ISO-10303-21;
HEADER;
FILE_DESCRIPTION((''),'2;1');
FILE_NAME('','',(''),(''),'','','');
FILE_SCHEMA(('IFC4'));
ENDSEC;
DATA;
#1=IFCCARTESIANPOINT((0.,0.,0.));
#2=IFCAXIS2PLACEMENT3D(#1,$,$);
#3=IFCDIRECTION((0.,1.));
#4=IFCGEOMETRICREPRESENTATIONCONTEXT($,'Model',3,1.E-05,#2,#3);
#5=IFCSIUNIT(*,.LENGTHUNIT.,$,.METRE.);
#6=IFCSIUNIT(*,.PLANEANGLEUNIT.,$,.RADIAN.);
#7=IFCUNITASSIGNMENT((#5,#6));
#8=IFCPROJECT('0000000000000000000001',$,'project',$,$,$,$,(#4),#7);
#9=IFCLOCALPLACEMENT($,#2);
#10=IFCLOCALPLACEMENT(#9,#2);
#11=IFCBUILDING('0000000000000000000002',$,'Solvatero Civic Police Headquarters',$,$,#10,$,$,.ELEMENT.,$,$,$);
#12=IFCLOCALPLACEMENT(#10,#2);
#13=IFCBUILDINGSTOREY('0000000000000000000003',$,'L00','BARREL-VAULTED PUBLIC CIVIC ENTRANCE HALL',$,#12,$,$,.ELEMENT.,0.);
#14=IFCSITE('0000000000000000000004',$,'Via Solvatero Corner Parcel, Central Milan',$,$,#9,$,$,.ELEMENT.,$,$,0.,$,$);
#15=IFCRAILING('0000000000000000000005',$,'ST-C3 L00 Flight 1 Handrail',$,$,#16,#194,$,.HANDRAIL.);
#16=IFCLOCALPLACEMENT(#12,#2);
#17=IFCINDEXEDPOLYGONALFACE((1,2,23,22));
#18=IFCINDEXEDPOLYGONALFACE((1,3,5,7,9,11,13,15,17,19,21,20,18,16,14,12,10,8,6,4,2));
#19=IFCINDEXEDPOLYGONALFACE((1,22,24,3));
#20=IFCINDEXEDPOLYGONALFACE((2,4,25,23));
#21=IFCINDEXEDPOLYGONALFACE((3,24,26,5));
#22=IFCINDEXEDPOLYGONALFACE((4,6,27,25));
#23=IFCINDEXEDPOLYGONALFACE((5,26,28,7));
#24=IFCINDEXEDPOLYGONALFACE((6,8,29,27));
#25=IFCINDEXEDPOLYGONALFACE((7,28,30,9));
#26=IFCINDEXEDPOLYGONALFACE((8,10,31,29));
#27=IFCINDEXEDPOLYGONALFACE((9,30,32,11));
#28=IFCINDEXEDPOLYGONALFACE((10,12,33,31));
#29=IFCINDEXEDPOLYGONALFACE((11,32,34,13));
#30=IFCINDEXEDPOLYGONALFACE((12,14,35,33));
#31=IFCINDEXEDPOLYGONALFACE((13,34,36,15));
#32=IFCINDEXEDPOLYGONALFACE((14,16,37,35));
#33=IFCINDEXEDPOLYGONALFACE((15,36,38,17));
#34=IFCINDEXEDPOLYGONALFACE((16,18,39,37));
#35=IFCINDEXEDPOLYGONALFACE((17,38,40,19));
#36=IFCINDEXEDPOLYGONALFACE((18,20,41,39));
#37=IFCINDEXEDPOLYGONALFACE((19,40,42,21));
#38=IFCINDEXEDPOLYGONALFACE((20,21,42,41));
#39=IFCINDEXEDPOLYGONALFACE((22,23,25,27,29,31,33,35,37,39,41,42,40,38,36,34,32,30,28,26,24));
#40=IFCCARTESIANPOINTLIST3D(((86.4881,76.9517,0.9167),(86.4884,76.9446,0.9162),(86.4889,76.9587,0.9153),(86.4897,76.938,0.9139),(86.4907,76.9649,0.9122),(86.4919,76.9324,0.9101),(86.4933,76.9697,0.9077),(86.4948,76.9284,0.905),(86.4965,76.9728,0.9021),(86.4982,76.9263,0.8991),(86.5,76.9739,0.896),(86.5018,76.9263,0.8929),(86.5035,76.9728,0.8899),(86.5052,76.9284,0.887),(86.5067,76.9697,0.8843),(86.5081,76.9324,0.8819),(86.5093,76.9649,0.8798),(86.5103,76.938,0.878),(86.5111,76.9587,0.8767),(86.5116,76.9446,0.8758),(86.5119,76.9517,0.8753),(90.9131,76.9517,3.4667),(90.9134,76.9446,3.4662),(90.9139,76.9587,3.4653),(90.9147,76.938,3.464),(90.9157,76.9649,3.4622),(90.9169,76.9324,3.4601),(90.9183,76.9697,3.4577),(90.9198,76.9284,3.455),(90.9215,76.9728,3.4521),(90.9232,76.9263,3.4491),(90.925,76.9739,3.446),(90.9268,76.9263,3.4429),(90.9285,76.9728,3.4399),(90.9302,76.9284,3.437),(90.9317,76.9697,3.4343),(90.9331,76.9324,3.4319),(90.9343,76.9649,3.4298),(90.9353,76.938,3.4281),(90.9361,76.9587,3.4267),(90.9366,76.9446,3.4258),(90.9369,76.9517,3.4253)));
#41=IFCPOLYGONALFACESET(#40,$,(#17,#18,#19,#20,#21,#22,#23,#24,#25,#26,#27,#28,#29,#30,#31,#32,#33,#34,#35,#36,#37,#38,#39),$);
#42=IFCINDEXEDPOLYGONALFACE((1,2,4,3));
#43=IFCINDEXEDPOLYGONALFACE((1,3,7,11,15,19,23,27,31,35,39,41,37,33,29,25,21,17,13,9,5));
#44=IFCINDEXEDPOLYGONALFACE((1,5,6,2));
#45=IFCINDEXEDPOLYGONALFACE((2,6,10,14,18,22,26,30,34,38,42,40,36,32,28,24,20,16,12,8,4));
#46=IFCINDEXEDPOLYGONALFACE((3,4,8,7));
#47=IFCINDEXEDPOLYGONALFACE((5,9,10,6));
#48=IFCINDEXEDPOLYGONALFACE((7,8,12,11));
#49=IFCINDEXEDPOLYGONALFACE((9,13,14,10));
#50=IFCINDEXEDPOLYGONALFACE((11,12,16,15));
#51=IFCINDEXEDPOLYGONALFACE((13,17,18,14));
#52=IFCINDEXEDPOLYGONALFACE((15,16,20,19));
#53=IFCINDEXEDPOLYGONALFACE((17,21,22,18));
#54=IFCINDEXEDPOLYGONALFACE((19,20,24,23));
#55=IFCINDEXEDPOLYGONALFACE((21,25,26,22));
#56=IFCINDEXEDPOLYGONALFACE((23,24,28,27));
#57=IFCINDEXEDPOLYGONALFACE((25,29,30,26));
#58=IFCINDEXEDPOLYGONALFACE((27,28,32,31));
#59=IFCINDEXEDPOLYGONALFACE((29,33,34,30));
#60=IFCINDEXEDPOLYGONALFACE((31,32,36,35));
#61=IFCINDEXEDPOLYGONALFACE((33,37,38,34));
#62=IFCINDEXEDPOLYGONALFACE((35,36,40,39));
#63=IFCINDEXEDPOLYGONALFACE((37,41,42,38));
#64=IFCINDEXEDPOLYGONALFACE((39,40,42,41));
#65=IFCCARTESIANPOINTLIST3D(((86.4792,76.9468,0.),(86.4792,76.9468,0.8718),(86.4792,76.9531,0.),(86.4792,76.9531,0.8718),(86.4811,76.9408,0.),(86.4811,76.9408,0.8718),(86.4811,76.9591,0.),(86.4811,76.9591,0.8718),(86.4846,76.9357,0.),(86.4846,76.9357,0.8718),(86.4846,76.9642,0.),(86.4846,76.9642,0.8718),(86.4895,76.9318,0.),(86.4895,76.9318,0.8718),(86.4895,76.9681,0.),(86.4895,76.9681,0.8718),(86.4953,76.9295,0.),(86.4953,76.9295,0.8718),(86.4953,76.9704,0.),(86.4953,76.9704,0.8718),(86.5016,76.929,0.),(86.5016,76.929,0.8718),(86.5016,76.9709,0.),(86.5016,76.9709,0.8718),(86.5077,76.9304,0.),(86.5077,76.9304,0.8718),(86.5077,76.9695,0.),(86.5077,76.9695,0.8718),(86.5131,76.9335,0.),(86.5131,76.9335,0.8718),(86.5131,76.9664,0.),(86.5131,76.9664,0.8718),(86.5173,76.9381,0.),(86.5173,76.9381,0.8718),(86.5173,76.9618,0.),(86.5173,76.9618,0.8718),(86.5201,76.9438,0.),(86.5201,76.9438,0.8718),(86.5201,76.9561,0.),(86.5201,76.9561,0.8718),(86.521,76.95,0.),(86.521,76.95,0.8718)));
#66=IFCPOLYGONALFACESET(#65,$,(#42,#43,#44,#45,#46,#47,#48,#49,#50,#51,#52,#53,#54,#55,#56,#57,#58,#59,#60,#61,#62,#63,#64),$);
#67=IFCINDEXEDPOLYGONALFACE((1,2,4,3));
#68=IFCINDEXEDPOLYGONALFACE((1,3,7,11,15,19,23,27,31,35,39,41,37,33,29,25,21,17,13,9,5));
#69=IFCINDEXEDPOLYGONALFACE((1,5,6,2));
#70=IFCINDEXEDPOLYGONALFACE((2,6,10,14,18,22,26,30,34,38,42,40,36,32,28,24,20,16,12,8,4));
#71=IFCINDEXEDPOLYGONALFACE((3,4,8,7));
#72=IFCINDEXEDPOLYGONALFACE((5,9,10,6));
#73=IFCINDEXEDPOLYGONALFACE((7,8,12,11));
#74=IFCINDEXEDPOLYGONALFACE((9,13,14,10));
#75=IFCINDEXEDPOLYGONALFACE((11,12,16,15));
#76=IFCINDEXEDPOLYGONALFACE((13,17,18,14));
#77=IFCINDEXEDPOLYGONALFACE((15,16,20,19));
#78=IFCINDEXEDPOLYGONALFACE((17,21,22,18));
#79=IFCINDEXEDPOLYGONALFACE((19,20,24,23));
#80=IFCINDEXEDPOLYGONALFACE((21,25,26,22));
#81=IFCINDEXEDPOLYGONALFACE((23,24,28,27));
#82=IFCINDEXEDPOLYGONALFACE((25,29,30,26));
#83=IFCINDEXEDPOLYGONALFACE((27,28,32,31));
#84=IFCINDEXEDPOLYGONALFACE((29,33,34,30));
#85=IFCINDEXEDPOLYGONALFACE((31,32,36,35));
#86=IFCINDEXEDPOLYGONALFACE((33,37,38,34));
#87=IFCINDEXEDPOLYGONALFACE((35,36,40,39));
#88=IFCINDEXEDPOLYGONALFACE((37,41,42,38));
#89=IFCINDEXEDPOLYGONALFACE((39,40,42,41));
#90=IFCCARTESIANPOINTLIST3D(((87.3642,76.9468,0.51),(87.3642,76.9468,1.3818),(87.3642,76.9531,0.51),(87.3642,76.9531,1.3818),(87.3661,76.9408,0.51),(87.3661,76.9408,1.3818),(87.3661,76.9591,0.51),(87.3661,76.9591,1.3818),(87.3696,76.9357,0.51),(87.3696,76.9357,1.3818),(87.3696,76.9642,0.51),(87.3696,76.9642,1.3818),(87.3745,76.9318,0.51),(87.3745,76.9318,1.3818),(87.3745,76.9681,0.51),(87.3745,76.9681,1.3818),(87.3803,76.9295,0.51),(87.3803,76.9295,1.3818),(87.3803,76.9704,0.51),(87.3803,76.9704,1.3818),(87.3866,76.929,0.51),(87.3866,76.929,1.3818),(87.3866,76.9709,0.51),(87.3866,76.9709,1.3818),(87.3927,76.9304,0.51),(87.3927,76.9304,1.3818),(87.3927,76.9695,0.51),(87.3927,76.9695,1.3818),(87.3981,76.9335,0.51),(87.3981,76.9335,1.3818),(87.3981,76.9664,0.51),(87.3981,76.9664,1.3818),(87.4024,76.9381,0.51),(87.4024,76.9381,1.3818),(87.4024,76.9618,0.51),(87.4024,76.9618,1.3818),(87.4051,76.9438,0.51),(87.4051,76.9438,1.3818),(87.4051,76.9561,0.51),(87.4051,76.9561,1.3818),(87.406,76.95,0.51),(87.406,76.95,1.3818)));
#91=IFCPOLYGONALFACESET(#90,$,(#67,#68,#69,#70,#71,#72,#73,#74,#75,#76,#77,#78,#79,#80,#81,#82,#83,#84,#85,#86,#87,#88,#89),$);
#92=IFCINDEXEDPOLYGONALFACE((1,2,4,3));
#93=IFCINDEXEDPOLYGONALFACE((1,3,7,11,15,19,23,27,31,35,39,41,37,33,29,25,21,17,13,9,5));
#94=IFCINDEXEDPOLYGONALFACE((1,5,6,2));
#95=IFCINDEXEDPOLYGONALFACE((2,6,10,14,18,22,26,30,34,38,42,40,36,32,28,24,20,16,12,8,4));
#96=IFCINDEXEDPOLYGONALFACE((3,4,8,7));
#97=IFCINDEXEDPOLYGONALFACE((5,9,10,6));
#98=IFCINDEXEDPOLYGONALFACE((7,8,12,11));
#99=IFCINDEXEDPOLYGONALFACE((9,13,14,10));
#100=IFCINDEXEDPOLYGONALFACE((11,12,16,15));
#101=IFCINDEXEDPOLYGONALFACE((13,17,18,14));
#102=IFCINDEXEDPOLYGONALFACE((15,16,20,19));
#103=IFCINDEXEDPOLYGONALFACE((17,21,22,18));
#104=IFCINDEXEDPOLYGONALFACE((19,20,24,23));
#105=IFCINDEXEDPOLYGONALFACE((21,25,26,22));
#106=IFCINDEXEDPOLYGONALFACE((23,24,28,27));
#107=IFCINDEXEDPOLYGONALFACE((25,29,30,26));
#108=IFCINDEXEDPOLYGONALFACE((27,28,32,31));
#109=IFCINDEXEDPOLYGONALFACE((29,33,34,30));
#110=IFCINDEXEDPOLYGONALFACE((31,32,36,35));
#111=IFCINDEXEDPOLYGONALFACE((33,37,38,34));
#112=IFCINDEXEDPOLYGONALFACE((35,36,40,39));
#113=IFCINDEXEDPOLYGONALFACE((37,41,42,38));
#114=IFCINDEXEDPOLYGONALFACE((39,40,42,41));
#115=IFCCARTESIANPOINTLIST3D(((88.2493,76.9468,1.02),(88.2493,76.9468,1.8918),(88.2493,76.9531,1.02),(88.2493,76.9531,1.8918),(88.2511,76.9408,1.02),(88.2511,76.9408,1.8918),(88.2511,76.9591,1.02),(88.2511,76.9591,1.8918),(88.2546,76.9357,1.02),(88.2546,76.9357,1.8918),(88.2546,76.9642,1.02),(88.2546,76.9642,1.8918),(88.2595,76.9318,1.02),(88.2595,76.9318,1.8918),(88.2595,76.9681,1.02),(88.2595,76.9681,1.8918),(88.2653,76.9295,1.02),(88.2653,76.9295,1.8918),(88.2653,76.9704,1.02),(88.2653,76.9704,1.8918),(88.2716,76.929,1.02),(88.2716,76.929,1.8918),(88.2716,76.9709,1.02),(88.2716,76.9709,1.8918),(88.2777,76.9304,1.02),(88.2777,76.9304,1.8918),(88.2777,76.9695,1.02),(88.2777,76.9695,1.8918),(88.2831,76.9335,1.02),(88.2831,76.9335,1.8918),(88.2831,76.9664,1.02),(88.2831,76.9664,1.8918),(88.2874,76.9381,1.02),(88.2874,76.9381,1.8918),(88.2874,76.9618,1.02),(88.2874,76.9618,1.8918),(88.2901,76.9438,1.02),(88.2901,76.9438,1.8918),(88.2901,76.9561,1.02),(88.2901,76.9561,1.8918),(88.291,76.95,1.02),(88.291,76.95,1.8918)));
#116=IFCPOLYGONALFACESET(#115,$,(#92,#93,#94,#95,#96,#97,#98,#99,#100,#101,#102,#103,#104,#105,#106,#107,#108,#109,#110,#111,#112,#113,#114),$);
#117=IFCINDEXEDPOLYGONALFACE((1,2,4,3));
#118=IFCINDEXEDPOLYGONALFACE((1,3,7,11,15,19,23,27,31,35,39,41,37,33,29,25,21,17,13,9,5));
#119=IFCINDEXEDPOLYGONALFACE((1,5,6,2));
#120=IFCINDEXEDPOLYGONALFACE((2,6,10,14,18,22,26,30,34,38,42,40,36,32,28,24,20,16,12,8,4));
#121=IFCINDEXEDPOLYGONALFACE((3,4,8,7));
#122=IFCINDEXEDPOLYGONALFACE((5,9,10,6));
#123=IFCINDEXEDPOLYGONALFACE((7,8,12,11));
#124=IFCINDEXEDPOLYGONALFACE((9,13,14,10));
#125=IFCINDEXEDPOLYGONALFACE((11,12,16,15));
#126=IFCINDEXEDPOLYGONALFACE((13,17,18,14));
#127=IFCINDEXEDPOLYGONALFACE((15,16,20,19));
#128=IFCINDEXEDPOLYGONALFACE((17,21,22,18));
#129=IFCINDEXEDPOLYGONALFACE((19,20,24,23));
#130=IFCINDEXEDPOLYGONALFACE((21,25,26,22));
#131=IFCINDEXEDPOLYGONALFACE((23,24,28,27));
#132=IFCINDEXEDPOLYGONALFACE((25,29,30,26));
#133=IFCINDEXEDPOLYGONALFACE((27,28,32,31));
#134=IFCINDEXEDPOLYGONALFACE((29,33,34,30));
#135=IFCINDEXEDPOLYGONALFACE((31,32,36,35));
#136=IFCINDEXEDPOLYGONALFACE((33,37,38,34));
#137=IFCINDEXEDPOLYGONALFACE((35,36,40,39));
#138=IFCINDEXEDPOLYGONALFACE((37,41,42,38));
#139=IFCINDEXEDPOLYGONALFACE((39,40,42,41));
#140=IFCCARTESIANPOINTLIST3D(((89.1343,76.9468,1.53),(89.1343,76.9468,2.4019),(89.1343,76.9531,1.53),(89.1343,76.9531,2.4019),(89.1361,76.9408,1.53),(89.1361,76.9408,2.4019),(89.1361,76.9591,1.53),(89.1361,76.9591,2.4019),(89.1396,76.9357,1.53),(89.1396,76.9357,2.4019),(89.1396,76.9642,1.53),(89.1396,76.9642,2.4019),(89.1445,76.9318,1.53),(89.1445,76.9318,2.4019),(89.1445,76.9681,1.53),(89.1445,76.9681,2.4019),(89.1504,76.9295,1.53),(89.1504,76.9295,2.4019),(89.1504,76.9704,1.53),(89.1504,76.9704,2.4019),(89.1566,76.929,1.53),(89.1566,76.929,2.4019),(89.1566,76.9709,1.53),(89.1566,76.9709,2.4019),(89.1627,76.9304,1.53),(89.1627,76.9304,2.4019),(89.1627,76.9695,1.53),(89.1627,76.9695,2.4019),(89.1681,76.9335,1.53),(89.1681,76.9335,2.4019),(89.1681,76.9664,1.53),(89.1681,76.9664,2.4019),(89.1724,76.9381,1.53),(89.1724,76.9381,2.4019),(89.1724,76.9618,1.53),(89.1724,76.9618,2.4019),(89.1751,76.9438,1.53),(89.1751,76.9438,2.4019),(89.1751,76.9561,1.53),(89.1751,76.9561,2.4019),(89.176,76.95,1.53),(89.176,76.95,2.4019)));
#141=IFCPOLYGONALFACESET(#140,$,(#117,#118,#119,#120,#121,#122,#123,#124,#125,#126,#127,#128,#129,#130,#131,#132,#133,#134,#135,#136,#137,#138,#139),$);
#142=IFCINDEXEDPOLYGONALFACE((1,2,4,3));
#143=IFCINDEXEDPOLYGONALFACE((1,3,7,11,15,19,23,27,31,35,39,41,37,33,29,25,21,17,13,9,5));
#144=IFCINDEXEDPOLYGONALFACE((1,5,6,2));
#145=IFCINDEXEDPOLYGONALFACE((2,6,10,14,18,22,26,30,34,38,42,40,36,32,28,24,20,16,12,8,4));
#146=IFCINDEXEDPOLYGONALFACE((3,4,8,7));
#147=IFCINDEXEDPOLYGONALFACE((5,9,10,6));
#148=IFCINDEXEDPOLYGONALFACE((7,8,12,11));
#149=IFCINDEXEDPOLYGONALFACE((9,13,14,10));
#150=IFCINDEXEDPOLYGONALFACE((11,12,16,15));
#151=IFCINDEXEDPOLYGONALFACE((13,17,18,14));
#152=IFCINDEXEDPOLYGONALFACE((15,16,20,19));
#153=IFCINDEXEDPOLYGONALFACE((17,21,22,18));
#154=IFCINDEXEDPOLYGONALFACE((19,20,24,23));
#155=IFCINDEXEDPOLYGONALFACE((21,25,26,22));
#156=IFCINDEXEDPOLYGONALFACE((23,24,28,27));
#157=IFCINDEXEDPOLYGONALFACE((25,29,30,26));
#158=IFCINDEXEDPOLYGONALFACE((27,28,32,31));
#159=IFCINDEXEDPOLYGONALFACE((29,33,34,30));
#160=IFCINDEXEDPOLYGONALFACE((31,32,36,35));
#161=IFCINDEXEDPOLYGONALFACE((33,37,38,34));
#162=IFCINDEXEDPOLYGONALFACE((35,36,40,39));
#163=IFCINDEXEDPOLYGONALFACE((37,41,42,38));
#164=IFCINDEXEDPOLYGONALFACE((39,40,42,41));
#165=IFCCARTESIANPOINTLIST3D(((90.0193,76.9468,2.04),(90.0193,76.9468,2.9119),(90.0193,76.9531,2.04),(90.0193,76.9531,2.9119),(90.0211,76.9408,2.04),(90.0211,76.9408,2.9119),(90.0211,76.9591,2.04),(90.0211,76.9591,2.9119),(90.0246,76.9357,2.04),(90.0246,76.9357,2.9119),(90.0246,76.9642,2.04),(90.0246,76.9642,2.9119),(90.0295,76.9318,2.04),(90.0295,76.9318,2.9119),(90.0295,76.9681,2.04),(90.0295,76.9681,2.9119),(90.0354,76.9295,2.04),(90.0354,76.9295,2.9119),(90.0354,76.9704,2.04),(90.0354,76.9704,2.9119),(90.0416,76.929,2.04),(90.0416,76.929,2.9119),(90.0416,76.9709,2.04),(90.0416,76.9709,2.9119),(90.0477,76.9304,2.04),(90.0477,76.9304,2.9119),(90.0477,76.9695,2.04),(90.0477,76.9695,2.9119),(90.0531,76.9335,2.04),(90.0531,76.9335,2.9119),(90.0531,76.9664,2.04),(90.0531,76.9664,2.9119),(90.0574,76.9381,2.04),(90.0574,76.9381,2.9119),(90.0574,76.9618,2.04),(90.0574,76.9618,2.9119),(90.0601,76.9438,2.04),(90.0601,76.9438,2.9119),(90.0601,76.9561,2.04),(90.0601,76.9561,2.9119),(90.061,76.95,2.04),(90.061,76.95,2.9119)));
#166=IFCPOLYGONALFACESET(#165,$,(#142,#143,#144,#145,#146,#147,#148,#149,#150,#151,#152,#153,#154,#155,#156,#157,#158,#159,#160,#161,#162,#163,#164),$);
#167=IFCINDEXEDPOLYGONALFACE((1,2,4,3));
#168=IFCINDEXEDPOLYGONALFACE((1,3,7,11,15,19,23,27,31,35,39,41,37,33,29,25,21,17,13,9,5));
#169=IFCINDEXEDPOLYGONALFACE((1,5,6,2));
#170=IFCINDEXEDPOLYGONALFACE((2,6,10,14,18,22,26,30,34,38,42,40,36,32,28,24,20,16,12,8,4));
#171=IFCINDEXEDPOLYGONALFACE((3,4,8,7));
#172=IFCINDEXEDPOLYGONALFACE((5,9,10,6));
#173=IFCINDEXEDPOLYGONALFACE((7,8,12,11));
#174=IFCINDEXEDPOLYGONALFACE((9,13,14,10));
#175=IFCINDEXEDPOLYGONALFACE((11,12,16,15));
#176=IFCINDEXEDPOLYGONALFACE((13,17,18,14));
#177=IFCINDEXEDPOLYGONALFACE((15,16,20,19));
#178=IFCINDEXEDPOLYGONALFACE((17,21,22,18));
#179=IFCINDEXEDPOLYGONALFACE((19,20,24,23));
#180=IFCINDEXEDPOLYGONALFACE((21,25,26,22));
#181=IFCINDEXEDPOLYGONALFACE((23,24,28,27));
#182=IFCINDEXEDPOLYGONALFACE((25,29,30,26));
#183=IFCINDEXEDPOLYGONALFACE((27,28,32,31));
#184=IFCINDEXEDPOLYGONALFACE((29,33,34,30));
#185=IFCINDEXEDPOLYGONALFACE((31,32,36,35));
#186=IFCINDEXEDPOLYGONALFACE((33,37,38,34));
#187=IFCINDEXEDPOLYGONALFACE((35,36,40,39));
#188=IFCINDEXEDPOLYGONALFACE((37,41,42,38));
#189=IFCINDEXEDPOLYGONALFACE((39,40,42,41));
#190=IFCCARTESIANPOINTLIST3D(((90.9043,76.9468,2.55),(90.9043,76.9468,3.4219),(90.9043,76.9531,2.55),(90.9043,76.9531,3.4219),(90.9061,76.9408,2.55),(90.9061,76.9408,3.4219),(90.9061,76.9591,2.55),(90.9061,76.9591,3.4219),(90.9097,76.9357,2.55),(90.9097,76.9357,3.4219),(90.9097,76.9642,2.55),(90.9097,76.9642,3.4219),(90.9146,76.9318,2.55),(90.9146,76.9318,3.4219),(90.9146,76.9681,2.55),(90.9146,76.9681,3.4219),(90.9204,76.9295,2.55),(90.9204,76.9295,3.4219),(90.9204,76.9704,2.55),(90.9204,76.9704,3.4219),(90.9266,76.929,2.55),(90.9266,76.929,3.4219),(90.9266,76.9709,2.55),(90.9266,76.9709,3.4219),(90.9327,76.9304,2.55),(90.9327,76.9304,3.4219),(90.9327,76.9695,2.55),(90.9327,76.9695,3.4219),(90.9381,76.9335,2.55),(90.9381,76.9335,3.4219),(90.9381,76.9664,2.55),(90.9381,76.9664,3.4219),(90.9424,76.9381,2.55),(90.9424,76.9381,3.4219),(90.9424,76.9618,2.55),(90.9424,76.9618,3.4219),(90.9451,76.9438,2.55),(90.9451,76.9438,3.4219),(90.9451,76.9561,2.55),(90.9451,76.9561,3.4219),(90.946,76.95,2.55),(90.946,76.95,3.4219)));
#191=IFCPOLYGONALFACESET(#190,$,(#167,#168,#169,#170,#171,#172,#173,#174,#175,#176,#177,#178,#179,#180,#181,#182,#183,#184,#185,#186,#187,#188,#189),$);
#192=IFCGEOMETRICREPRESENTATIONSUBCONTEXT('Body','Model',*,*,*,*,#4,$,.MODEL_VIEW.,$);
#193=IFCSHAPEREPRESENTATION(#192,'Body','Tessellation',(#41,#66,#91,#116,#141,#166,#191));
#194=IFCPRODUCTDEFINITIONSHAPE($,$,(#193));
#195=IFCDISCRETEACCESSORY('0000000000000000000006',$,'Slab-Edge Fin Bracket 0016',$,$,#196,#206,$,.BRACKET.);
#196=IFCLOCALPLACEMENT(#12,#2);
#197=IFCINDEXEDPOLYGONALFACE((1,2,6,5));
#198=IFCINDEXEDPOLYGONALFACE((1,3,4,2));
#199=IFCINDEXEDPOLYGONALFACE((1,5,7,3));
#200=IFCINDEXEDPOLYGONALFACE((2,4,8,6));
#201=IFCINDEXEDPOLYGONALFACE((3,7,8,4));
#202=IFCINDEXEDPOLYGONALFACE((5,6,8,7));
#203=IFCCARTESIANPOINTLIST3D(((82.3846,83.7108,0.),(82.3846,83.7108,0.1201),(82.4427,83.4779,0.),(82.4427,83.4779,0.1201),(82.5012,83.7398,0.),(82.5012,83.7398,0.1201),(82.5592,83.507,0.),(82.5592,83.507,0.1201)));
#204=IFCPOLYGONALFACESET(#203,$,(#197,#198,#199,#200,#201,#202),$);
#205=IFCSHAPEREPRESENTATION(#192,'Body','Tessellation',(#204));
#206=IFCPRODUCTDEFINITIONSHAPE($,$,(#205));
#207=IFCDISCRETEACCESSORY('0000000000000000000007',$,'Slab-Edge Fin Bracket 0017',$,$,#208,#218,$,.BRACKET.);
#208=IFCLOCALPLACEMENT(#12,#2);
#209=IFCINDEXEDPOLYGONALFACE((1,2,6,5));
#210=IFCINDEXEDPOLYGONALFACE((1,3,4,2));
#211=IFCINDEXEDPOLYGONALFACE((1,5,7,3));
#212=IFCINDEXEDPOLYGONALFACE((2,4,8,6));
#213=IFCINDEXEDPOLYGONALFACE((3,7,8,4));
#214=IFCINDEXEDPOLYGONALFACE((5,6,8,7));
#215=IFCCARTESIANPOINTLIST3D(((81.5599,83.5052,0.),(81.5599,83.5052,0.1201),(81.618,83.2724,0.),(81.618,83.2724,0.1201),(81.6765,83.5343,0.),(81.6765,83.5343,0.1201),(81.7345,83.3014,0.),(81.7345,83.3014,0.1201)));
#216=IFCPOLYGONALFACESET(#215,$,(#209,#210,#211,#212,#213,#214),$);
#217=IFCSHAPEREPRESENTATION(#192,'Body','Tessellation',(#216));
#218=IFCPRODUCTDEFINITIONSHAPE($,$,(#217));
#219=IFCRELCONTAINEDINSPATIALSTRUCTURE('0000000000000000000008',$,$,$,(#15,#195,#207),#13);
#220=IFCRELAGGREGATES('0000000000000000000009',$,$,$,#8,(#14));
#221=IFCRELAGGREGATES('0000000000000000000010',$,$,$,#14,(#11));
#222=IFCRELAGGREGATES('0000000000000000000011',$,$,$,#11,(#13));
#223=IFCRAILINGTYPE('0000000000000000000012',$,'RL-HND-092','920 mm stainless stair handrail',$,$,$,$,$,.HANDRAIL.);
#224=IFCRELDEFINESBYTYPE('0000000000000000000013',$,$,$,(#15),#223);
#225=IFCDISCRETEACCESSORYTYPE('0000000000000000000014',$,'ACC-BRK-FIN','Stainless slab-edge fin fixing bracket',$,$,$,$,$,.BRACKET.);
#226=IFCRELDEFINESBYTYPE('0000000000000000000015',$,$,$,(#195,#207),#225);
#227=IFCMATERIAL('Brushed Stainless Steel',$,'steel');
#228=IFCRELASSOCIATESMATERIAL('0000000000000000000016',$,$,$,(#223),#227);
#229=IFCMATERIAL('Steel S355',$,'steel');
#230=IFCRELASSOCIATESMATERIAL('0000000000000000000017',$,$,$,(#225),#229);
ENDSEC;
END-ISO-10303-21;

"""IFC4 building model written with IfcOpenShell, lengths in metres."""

from ifc_helpers import new_model, si_unit, direction, frame, origin, origin_2d, place, context, subcontext, project, spatial, rectangle, circle, extrude, material, type_object, element, save


model = new_model("IFC4")

# Units and contexts
model_context = context("Model", 3, precision=1e-05, world=origin(), true_north=direction((0.0, 1.0)))
body_context = subcontext(model_context, "Body", "Model", "MODEL_VIEW")
ifc_project = project(units=[si_unit("LENGTHUNIT", "METRE"), si_unit("PLANEANGLEUNIT", "RADIAN")], contexts=[model_context])

# Site, building, storey
site_placement = place(None, origin())
site = spatial("IfcSite", under=ifc_project, at=site_placement, Name="Via Solvatero Corner Parcel, Central Milan", CompositionType="ELEMENT", RefElevation=0.0)
building_placement = place(site_placement, origin())
building = spatial("IfcBuilding", under=site, at=building_placement, Name="Solvatero Civic Police Headquarters", CompositionType="ELEMENT")
storey_placement = place(building_placement, origin())
storey = spatial("IfcBuildingStorey", under=building, at=storey_placement, Name="L00", Description="BARREL-VAULTED PUBLIC CIVIC ENTRANCE HALL", CompositionType="ELEMENT", Elevation=0.0)

# Shared definitions
ifc_material_1 = material(Name="Steel S355", Category="steel")

# Railing
ifc_material_2 = material(Name="Brushed Stainless Steel", Category="steel")
railing_type_1 = type_object("IfcRailingType", Name="RL-HND-092", Description="920 mm stainless stair handrail", PredefinedType="HANDRAIL", material=ifc_material_2)
railing_1_placement = place(storey_placement, frame((86.5, 76.95, 0.0)))
element("IfcRailing", 1, at=railing_1_placement, inside=storey, type_object=railing_type_1, Name="ST-C3 L00 Flight 1 Handrail", PredefinedType="HANDRAIL", context=body_context, shape_type="SweptSolid", body=[
    extrude(circle(Radius=0.0239, at=origin_2d()), frame((0.0, 0.0, 0.896), z_axis=(0.866428, 0.0, 0.499302), x_axis=(0.0, 1.0, 0.0)), (0.0, 0.0, 1.0), 5.1072),
    extrude(circle(Radius=0.021, at=origin_2d()), origin(), (0.0, 0.0, 1.0), 0.8718),
    extrude(circle(Radius=0.021, at=origin_2d()), frame((0.885, 0.0, 0.51)), (0.0, 0.0, 1.0), 0.8718),
    extrude(circle(Radius=0.021, at=origin_2d()), frame((1.77, 0.0, 1.02)), (0.0, 0.0, 1.0), 0.8718),
    extrude(circle(Radius=0.021, at=origin_2d()), frame((2.655, 0.0, 1.53)), (0.0, 0.0, 1.0), 0.8718),
    extrude(circle(Radius=0.021, at=origin_2d()), frame((3.54, 0.0, 2.04)), (0.0, 0.0, 1.0), 0.8718),
    extrude(circle(Radius=0.021, at=origin_2d()), frame((4.425, 0.0, 2.55)), (0.0, 0.0, 1.0), 0.8718),
])

# Discrete accessories
discrete_accessory_type = type_object("IfcDiscreteAccessoryType", Name="ACC-BRK-FIN", Description="Stainless slab-edge fin fixing bracket", PredefinedType="BRACKET", material=ifc_material_1)
for number, where, z_axis, x_axis, name in (
    (2, (82.4719, 83.6089, 0.0), (0.0, 0.0, 1.0), (-0.970296, -0.241922, 0.0), "Slab-Edge Fin Bracket 0016"),
    (3, (81.6472, 83.4033, 0.0), (0.0, 0.0, 1.0), (-0.970296, -0.241922, 0.0), "Slab-Edge Fin Bracket 0017"),
):
    element("IfcDiscreteAccessory", number, at=place(storey_placement, frame(where, z_axis=z_axis, x_axis=x_axis)), inside=storey, type_object=discrete_accessory_type, Name=name, PredefinedType="BRACKET", context=body_context, shape_type="SweptSolid", body=[
        extrude(rectangle(XDim=0.1201, YDim=0.24, at=origin_2d()), origin(), (0.0, 0.0, 1.0), 0.1201),
    ])

save(model, "model.ifc")
